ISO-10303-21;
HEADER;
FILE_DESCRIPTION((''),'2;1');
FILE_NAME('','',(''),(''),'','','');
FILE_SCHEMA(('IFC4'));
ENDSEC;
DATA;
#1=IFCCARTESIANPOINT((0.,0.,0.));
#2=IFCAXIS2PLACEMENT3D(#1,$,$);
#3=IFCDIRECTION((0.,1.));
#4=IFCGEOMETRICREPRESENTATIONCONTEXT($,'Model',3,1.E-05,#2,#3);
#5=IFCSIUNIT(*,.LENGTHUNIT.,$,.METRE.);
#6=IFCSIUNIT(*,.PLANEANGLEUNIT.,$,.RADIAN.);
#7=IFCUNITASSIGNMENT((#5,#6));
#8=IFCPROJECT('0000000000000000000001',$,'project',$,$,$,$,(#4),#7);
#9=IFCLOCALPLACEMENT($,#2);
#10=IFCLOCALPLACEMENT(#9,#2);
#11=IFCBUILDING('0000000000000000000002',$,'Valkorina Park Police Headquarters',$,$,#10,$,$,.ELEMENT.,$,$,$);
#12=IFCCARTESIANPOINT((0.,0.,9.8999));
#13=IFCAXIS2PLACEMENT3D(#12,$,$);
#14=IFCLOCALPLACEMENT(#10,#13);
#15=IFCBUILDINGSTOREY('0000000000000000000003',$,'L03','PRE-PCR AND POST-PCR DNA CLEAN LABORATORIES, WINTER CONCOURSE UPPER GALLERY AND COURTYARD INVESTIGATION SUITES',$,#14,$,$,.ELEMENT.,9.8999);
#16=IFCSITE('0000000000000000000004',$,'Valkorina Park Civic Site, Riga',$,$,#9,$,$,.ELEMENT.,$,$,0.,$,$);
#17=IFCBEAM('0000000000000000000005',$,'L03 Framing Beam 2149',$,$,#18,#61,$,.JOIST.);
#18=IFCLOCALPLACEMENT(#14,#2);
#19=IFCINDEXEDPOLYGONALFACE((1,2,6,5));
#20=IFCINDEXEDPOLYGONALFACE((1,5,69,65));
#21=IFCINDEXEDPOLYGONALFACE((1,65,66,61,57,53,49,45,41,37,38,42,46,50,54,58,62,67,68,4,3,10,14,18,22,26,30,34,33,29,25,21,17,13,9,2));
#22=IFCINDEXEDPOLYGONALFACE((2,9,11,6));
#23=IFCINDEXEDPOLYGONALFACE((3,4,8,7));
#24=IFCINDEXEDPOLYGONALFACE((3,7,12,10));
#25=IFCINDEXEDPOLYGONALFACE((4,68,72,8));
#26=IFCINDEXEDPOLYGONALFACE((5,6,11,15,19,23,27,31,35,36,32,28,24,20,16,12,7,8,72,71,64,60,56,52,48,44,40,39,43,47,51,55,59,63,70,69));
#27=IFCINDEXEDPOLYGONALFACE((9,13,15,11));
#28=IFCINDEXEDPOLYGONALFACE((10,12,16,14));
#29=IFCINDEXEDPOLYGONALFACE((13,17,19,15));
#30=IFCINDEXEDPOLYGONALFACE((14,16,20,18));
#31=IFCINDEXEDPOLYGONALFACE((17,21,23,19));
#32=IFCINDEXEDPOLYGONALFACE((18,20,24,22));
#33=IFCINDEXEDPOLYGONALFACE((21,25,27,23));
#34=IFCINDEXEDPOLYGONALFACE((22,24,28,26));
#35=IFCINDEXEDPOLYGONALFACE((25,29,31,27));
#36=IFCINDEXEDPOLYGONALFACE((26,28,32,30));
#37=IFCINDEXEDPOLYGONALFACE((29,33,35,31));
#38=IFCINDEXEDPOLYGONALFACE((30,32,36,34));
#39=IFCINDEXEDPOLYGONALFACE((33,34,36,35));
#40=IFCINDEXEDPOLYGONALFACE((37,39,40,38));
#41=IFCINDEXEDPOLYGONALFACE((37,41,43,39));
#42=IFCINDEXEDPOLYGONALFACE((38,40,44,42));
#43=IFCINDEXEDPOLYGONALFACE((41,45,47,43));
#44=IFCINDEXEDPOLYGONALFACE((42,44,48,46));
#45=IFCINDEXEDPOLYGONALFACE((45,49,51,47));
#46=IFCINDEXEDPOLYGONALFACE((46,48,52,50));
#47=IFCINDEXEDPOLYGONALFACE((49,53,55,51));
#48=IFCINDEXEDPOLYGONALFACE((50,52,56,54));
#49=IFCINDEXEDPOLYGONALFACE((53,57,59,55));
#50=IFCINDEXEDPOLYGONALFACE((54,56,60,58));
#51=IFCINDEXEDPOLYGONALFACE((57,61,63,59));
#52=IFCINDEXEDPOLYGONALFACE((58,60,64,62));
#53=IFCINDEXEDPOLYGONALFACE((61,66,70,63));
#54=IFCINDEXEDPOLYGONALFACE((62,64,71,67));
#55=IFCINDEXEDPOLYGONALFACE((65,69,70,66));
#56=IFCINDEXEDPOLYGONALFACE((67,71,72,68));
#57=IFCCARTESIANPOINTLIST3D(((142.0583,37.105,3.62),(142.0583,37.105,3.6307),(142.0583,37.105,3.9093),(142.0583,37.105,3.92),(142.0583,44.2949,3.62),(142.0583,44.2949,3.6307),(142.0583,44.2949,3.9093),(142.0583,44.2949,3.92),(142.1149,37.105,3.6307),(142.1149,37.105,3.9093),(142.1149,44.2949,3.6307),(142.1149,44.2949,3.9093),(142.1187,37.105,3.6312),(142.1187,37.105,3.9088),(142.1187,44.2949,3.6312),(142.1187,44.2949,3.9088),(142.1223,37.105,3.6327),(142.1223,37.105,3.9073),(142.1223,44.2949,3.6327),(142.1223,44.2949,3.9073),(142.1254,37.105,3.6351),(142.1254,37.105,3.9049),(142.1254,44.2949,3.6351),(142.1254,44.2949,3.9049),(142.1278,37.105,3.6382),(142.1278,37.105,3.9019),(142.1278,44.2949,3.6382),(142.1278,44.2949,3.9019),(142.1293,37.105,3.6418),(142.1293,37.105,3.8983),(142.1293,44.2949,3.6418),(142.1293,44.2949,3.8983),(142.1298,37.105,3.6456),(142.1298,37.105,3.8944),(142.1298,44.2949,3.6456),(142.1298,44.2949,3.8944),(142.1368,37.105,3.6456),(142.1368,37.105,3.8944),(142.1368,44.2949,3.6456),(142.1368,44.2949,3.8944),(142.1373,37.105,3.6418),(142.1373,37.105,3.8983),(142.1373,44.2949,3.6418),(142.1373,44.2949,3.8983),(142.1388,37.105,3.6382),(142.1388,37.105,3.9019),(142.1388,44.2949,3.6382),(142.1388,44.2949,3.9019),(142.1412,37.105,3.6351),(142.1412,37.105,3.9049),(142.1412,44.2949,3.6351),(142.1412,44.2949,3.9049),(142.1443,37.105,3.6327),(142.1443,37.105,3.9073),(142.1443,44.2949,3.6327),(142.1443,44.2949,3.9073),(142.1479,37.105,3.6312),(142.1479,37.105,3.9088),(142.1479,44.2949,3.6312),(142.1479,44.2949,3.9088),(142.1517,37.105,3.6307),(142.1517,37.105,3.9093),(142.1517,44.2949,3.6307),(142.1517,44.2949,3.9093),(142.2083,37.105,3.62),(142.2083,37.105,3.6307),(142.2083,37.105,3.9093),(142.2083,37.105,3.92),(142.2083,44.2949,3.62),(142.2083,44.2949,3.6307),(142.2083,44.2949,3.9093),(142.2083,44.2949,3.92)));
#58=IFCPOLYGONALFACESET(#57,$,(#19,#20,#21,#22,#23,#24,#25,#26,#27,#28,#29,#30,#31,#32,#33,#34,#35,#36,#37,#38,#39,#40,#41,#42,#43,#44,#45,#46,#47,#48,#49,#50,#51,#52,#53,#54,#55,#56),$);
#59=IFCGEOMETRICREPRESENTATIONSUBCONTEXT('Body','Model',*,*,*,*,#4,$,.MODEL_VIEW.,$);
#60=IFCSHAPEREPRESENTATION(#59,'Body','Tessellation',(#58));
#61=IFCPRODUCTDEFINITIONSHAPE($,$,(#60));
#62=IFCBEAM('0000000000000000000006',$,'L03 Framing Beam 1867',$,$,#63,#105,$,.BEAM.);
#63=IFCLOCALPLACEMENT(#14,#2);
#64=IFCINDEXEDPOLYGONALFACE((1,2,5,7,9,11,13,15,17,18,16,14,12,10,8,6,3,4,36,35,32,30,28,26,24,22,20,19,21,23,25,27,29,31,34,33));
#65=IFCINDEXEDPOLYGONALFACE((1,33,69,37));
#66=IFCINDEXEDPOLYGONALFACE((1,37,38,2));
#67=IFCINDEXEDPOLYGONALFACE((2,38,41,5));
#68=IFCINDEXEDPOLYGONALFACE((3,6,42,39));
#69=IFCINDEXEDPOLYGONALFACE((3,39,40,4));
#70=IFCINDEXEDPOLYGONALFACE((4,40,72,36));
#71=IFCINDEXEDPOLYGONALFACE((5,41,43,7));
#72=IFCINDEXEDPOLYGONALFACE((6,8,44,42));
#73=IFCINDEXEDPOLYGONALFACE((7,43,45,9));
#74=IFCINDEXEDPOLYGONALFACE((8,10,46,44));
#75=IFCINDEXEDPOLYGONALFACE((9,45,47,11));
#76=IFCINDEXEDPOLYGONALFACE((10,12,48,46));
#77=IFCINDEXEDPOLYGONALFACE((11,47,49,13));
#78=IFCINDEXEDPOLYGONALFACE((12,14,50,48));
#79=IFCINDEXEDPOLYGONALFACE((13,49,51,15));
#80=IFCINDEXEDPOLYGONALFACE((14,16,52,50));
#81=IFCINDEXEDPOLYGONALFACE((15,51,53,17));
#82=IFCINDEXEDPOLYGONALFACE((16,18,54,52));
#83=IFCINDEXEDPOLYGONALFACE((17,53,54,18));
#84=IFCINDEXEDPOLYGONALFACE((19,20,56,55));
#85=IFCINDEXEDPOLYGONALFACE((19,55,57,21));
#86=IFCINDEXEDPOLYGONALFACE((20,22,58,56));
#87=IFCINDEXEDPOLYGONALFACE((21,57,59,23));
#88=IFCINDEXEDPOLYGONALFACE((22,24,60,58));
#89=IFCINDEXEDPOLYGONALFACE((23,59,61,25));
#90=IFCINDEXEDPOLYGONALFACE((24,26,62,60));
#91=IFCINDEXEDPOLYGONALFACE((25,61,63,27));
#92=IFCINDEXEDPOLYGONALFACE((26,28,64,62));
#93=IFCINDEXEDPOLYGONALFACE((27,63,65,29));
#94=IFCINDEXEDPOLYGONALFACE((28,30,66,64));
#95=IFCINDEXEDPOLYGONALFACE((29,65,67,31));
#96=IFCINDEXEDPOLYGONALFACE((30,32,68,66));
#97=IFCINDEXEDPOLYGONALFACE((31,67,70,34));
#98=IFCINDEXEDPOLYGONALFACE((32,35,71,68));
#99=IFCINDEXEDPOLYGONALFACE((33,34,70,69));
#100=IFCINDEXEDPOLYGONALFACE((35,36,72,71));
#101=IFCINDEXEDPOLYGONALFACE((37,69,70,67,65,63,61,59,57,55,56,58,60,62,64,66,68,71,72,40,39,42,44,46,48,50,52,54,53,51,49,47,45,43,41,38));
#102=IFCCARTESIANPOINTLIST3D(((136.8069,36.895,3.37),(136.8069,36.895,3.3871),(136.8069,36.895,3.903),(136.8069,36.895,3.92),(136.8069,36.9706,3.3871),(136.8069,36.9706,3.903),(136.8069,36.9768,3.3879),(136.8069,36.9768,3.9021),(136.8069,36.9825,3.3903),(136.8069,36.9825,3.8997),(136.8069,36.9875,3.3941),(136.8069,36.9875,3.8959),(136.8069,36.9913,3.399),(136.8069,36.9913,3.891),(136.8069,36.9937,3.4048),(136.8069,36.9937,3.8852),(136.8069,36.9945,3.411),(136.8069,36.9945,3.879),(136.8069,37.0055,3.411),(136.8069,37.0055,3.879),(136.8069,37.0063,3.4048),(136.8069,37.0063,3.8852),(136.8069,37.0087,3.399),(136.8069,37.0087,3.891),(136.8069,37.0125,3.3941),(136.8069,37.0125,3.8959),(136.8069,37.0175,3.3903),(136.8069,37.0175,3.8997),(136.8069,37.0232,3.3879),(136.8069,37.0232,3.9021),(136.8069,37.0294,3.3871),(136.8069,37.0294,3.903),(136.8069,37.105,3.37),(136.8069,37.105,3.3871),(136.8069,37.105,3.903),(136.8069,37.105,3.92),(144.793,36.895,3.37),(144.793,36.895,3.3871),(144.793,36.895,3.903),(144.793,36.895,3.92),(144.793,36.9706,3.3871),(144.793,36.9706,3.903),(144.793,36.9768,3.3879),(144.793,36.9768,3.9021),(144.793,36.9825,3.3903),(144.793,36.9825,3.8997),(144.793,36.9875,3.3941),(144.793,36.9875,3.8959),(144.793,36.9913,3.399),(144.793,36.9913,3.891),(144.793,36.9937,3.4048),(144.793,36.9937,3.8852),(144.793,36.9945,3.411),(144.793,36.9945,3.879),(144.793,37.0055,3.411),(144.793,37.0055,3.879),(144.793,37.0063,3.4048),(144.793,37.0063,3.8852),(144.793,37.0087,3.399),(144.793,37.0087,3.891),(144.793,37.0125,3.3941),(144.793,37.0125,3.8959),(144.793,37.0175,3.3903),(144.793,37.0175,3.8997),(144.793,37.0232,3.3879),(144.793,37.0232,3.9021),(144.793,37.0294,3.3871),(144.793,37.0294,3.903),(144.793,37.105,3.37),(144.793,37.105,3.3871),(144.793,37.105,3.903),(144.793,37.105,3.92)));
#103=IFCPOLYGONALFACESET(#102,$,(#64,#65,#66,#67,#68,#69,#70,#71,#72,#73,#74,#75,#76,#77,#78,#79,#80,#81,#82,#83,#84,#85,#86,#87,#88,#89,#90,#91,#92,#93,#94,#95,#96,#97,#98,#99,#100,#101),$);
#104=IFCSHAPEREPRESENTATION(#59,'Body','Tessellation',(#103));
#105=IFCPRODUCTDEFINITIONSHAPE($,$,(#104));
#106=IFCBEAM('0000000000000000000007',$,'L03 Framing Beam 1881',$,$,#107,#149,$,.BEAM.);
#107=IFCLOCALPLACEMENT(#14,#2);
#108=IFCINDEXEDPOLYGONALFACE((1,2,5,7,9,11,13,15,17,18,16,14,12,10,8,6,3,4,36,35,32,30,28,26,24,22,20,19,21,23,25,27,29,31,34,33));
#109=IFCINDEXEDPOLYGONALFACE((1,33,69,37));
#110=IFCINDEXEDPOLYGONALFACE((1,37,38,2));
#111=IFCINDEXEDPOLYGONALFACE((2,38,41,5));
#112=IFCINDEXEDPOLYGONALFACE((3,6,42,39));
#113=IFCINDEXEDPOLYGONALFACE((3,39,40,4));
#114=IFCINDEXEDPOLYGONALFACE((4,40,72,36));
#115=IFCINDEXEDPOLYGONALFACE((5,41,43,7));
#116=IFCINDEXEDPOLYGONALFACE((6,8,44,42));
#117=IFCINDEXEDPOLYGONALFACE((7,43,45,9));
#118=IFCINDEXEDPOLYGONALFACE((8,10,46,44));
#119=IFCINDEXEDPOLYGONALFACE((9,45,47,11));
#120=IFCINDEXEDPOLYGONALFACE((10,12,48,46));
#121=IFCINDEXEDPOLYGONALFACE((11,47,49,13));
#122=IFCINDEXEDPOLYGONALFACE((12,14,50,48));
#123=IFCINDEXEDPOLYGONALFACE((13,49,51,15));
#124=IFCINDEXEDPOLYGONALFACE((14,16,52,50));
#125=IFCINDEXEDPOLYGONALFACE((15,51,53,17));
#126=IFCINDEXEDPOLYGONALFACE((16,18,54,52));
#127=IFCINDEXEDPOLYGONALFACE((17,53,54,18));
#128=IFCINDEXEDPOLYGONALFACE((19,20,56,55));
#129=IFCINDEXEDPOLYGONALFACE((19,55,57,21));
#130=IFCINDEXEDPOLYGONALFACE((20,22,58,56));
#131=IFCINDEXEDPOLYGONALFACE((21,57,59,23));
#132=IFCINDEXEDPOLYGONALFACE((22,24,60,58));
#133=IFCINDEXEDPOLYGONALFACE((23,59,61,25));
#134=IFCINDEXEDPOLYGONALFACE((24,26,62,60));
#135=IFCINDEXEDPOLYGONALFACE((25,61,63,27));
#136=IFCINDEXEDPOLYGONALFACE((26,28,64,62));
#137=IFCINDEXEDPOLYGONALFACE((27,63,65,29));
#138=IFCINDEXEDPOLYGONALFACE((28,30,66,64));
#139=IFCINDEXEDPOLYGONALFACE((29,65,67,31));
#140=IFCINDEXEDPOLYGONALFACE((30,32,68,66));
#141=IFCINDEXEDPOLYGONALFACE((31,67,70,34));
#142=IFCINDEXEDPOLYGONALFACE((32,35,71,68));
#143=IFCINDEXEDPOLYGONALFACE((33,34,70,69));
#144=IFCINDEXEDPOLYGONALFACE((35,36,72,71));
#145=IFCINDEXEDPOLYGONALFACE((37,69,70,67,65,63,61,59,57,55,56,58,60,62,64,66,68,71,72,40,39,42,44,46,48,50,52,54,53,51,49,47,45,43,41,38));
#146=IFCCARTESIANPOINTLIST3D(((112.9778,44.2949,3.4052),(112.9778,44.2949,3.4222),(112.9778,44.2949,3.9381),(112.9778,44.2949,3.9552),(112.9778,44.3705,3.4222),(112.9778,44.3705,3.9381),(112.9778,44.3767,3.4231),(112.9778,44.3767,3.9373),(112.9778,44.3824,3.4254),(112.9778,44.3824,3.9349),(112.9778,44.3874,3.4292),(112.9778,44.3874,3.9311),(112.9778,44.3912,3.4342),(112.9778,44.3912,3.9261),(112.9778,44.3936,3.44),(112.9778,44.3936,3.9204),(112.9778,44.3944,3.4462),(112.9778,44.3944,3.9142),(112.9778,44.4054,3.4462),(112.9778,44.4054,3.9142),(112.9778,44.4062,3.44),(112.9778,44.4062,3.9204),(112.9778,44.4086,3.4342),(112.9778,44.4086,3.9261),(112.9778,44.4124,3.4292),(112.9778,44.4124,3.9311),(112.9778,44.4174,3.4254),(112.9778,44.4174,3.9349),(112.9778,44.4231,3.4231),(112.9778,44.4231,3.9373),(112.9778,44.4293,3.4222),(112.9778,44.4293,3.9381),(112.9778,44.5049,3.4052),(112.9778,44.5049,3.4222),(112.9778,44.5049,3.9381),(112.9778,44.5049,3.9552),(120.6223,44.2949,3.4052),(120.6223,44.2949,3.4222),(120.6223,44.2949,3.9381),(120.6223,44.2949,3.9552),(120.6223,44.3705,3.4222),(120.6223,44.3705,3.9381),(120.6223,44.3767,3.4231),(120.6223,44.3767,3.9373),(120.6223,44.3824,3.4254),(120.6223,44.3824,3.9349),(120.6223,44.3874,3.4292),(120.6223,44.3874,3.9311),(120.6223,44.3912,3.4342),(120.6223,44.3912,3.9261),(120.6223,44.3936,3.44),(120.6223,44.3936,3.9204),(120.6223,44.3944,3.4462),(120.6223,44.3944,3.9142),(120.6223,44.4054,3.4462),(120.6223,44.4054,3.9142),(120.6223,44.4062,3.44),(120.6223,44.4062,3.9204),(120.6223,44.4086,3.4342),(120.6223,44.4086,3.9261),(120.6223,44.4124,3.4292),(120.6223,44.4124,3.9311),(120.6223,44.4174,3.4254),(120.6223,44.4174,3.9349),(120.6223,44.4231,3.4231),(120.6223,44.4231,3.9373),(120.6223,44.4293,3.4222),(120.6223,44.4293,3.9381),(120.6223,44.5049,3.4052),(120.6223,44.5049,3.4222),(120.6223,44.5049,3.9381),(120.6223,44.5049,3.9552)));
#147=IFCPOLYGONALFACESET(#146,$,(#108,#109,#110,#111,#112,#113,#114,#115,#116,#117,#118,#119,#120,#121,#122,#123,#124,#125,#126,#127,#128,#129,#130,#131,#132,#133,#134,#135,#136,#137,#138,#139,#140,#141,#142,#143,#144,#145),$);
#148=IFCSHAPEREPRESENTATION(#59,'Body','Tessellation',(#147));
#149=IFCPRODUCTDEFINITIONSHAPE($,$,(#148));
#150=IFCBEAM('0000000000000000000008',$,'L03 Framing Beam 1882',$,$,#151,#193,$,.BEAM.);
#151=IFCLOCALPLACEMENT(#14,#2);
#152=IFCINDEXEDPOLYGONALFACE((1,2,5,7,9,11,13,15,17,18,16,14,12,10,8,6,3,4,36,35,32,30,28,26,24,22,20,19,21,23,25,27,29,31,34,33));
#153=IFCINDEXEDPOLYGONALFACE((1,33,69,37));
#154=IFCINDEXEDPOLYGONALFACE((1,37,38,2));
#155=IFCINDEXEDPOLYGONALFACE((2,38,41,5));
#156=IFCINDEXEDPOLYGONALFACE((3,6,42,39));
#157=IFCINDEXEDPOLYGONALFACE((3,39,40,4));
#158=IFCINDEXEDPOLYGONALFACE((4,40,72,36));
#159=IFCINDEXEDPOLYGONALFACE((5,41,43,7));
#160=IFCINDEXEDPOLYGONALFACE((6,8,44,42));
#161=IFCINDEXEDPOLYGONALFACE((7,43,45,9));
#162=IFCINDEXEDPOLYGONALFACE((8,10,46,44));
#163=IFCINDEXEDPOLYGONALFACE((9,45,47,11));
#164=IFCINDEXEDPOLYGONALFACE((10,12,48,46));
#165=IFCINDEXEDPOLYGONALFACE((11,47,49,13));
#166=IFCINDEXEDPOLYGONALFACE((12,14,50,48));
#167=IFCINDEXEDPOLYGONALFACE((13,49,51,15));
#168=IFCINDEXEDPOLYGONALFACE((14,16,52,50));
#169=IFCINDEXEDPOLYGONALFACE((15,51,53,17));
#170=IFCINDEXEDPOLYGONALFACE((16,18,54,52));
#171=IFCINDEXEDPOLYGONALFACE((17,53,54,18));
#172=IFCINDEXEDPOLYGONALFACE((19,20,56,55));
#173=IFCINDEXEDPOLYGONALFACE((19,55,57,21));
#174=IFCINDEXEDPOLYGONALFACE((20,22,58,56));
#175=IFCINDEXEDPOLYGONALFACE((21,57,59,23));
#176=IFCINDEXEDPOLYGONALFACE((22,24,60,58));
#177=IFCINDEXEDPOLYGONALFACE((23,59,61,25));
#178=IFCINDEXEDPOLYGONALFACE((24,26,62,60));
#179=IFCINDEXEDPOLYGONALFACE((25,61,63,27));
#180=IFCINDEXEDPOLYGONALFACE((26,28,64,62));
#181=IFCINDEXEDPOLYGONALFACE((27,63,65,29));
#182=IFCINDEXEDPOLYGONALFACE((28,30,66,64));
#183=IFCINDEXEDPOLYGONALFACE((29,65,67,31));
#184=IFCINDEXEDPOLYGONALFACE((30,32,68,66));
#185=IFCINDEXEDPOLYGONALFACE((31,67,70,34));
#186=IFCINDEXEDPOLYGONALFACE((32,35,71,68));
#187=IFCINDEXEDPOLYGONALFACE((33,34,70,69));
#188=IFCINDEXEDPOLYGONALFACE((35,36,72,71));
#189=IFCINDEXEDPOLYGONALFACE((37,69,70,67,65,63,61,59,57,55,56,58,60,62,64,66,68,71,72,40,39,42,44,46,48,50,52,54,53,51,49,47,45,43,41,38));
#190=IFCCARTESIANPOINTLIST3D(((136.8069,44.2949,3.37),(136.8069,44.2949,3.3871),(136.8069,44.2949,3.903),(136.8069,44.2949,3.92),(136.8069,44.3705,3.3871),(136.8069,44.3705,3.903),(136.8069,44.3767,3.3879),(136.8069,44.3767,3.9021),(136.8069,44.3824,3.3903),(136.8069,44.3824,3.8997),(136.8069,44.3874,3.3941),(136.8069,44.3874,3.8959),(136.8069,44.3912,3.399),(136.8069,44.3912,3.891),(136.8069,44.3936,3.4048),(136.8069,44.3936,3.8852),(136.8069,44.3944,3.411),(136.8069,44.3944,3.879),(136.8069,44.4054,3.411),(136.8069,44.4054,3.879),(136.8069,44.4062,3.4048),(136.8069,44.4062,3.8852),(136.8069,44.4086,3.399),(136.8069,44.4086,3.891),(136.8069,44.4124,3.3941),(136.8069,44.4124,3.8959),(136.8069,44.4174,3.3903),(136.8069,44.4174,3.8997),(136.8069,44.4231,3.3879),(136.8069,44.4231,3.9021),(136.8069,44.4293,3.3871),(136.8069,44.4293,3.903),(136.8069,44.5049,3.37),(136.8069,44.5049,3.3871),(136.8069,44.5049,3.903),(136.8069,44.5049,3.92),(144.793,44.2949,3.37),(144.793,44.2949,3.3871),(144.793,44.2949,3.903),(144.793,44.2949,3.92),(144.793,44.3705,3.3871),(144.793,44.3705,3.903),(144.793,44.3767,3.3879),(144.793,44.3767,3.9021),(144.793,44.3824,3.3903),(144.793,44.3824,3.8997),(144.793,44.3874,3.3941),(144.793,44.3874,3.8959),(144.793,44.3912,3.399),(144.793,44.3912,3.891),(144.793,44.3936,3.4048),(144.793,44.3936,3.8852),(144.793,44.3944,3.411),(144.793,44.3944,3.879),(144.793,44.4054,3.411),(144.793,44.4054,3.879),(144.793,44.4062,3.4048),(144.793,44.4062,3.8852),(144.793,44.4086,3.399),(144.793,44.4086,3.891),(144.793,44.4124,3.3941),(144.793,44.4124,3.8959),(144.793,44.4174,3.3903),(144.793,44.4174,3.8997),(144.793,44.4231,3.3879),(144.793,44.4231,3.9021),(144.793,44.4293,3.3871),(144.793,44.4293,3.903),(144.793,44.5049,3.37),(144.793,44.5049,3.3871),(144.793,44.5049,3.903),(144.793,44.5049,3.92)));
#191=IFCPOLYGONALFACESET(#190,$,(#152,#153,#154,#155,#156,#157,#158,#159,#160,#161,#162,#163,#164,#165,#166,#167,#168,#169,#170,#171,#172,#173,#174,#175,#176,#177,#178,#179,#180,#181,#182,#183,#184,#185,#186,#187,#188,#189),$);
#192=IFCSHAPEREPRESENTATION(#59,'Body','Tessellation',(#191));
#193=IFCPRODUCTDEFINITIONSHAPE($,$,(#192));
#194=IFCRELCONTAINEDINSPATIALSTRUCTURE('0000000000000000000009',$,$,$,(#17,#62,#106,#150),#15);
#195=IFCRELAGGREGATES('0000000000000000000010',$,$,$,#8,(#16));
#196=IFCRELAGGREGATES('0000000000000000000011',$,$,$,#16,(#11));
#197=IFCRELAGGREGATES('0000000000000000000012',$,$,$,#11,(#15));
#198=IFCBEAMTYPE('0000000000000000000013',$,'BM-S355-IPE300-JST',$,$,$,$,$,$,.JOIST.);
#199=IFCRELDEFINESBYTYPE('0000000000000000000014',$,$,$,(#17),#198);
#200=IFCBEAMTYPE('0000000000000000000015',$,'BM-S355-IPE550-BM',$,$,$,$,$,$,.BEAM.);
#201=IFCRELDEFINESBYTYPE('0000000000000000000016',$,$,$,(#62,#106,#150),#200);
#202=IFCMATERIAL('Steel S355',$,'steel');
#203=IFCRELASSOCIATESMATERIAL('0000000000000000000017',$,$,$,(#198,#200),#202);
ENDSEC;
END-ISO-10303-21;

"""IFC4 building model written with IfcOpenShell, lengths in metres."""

from ifc_helpers import new_model, si_unit, direction, frame, origin, origin_2d, place, context, subcontext, project, spatial, i_section, extrude, material, material_profile, profile_set, type_object, element, save


model = new_model("IFC4")

# Units and contexts
model_context = context("Model", 3, precision=1e-05, world=origin(), true_north=direction((0.0, 1.0)))
body_context = subcontext(model_context, "Body", "Model", "MODEL_VIEW")
ifc_project = project(units=[si_unit("LENGTHUNIT", "METRE"), si_unit("PLANEANGLEUNIT", "RADIAN")], contexts=[model_context])

# Site, building, storey
site_placement = place(None, origin())
site = spatial("IfcSite", under=ifc_project, at=site_placement, Name="Valkorina Park Civic Site, Riga", CompositionType="ELEMENT", RefElevation=0.0)
building_placement = place(site_placement, origin())
building = spatial("IfcBuilding", under=site, at=building_placement, Name="Valkorina Park Police Headquarters", CompositionType="ELEMENT")
storey_placement = place(building_placement, frame((0.0, 0.0, 9.8999)))
storey = spatial("IfcBuildingStorey", under=building, at=storey_placement, Name="L03", Description="PRE-PCR AND POST-PCR DNA CLEAN LABORATORIES, WINTER CONCOURSE UPPER GALLERY AND COURTYARD INVESTIGATION SUITES", CompositionType="ELEMENT", Elevation=9.8999)

# Shared definitions
ifc_material_1 = material(Name="Steel S355", Category="steel")

# Beams
ifc_material_profile_1 = material_profile(ifc_material_1, i_section(OverallWidth=0.1499, OverallDepth=0.3, WebThickness=0.0071, FlangeThickness=0.0107, FilletRadius=0.0149, at=origin_2d()), Name="IPE 300")
ifc_profile_set_1 = profile_set([ifc_material_profile_1], Name="Steel S355")
beam_type_1 = type_object("IfcBeamType", Name="BM-S355-IPE300-JST", PredefinedType="JOIST", material=ifc_profile_set_1)
for number, where, z_axis, x_axis, name in (
    (1, (142.1333, 37.105, 3.77), (0.0, 1.0, 0.0), (-1.0, 0.0, 0.0), "L03 Framing Beam 2149"),
):
    element("IfcBeam", number, at=place(storey_placement, frame(where, z_axis=z_axis, x_axis=x_axis)), inside=storey, type_object=beam_type_1, Name=name, PredefinedType="JOIST", context=body_context, shape_type="SweptSolid", body=[
        extrude(i_section(OverallWidth=0.1499, OverallDepth=0.3, WebThickness=0.0071, FlangeThickness=0.0107, FilletRadius=0.0149, at=origin_2d()), origin(), (0.0, 0.0, 1.0), 7.1899),
    ])
ifc_material_profile_2 = material_profile(ifc_material_1, i_section(OverallWidth=0.21, OverallDepth=0.55, WebThickness=0.011, FlangeThickness=0.0171, FilletRadius=0.0239, at=origin_2d()), Name="IPE 550")
ifc_profile_set_2 = profile_set([ifc_material_profile_2], Name="Steel S355")
beam_type_2 = type_object("IfcBeamType", Name="BM-S355-IPE550-BM", PredefinedType="BEAM", material=ifc_profile_set_2)
beam_1_placement = place(storey_placement, frame((136.8069, 37.0, 3.645), z_axis=(1.0, 0.0, 0.0), x_axis=(0.0, 1.0, 0.0)))
element("IfcBeam", 2, at=beam_1_placement, inside=storey, type_object=beam_type_2, Name="L03 Framing Beam 1867", PredefinedType="BEAM", context=body_context, shape_type="SweptSolid", body=[
    extrude(i_section(OverallWidth=0.21, OverallDepth=0.55, WebThickness=0.011, FlangeThickness=0.0171, FilletRadius=0.0239, at=origin_2d()), origin(), (0.0, 0.0, 1.0), 7.9861),
])
beam_2_placement = place(storey_placement, frame((112.9778, 44.3999, 3.6802), z_axis=(1.0, 0.0, 0.0), x_axis=(0.0, 1.0, 0.0)))
element("IfcBeam", 3, at=beam_2_placement, inside=storey, type_object=beam_type_2, Name="L03 Framing Beam 1881", PredefinedType="BEAM", context=body_context, shape_type="SweptSolid", body=[
    extrude(i_section(OverallWidth=0.21, OverallDepth=0.55, WebThickness=0.011, FlangeThickness=0.0171, FilletRadius=0.0239, at=origin_2d()), origin(), (0.0, 0.0, 1.0), 7.6445),
])
beam_3_placement = place(storey_placement, frame((136.8069, 44.3999, 3.645), z_axis=(1.0, 0.0, 0.0), x_axis=(0.0, 1.0, 0.0)))
element("IfcBeam", 4, at=beam_3_placement, inside=storey, type_object=beam_type_2, Name="L03 Framing Beam 1882", PredefinedType="BEAM", context=body_context, shape_type="SweptSolid", body=[
    extrude(i_section(OverallWidth=0.21, OverallDepth=0.55, WebThickness=0.011, FlangeThickness=0.0171, FilletRadius=0.0239, at=origin_2d()), origin(), (0.0, 0.0, 1.0), 7.9861),
])

save(model, "model.ifc")
